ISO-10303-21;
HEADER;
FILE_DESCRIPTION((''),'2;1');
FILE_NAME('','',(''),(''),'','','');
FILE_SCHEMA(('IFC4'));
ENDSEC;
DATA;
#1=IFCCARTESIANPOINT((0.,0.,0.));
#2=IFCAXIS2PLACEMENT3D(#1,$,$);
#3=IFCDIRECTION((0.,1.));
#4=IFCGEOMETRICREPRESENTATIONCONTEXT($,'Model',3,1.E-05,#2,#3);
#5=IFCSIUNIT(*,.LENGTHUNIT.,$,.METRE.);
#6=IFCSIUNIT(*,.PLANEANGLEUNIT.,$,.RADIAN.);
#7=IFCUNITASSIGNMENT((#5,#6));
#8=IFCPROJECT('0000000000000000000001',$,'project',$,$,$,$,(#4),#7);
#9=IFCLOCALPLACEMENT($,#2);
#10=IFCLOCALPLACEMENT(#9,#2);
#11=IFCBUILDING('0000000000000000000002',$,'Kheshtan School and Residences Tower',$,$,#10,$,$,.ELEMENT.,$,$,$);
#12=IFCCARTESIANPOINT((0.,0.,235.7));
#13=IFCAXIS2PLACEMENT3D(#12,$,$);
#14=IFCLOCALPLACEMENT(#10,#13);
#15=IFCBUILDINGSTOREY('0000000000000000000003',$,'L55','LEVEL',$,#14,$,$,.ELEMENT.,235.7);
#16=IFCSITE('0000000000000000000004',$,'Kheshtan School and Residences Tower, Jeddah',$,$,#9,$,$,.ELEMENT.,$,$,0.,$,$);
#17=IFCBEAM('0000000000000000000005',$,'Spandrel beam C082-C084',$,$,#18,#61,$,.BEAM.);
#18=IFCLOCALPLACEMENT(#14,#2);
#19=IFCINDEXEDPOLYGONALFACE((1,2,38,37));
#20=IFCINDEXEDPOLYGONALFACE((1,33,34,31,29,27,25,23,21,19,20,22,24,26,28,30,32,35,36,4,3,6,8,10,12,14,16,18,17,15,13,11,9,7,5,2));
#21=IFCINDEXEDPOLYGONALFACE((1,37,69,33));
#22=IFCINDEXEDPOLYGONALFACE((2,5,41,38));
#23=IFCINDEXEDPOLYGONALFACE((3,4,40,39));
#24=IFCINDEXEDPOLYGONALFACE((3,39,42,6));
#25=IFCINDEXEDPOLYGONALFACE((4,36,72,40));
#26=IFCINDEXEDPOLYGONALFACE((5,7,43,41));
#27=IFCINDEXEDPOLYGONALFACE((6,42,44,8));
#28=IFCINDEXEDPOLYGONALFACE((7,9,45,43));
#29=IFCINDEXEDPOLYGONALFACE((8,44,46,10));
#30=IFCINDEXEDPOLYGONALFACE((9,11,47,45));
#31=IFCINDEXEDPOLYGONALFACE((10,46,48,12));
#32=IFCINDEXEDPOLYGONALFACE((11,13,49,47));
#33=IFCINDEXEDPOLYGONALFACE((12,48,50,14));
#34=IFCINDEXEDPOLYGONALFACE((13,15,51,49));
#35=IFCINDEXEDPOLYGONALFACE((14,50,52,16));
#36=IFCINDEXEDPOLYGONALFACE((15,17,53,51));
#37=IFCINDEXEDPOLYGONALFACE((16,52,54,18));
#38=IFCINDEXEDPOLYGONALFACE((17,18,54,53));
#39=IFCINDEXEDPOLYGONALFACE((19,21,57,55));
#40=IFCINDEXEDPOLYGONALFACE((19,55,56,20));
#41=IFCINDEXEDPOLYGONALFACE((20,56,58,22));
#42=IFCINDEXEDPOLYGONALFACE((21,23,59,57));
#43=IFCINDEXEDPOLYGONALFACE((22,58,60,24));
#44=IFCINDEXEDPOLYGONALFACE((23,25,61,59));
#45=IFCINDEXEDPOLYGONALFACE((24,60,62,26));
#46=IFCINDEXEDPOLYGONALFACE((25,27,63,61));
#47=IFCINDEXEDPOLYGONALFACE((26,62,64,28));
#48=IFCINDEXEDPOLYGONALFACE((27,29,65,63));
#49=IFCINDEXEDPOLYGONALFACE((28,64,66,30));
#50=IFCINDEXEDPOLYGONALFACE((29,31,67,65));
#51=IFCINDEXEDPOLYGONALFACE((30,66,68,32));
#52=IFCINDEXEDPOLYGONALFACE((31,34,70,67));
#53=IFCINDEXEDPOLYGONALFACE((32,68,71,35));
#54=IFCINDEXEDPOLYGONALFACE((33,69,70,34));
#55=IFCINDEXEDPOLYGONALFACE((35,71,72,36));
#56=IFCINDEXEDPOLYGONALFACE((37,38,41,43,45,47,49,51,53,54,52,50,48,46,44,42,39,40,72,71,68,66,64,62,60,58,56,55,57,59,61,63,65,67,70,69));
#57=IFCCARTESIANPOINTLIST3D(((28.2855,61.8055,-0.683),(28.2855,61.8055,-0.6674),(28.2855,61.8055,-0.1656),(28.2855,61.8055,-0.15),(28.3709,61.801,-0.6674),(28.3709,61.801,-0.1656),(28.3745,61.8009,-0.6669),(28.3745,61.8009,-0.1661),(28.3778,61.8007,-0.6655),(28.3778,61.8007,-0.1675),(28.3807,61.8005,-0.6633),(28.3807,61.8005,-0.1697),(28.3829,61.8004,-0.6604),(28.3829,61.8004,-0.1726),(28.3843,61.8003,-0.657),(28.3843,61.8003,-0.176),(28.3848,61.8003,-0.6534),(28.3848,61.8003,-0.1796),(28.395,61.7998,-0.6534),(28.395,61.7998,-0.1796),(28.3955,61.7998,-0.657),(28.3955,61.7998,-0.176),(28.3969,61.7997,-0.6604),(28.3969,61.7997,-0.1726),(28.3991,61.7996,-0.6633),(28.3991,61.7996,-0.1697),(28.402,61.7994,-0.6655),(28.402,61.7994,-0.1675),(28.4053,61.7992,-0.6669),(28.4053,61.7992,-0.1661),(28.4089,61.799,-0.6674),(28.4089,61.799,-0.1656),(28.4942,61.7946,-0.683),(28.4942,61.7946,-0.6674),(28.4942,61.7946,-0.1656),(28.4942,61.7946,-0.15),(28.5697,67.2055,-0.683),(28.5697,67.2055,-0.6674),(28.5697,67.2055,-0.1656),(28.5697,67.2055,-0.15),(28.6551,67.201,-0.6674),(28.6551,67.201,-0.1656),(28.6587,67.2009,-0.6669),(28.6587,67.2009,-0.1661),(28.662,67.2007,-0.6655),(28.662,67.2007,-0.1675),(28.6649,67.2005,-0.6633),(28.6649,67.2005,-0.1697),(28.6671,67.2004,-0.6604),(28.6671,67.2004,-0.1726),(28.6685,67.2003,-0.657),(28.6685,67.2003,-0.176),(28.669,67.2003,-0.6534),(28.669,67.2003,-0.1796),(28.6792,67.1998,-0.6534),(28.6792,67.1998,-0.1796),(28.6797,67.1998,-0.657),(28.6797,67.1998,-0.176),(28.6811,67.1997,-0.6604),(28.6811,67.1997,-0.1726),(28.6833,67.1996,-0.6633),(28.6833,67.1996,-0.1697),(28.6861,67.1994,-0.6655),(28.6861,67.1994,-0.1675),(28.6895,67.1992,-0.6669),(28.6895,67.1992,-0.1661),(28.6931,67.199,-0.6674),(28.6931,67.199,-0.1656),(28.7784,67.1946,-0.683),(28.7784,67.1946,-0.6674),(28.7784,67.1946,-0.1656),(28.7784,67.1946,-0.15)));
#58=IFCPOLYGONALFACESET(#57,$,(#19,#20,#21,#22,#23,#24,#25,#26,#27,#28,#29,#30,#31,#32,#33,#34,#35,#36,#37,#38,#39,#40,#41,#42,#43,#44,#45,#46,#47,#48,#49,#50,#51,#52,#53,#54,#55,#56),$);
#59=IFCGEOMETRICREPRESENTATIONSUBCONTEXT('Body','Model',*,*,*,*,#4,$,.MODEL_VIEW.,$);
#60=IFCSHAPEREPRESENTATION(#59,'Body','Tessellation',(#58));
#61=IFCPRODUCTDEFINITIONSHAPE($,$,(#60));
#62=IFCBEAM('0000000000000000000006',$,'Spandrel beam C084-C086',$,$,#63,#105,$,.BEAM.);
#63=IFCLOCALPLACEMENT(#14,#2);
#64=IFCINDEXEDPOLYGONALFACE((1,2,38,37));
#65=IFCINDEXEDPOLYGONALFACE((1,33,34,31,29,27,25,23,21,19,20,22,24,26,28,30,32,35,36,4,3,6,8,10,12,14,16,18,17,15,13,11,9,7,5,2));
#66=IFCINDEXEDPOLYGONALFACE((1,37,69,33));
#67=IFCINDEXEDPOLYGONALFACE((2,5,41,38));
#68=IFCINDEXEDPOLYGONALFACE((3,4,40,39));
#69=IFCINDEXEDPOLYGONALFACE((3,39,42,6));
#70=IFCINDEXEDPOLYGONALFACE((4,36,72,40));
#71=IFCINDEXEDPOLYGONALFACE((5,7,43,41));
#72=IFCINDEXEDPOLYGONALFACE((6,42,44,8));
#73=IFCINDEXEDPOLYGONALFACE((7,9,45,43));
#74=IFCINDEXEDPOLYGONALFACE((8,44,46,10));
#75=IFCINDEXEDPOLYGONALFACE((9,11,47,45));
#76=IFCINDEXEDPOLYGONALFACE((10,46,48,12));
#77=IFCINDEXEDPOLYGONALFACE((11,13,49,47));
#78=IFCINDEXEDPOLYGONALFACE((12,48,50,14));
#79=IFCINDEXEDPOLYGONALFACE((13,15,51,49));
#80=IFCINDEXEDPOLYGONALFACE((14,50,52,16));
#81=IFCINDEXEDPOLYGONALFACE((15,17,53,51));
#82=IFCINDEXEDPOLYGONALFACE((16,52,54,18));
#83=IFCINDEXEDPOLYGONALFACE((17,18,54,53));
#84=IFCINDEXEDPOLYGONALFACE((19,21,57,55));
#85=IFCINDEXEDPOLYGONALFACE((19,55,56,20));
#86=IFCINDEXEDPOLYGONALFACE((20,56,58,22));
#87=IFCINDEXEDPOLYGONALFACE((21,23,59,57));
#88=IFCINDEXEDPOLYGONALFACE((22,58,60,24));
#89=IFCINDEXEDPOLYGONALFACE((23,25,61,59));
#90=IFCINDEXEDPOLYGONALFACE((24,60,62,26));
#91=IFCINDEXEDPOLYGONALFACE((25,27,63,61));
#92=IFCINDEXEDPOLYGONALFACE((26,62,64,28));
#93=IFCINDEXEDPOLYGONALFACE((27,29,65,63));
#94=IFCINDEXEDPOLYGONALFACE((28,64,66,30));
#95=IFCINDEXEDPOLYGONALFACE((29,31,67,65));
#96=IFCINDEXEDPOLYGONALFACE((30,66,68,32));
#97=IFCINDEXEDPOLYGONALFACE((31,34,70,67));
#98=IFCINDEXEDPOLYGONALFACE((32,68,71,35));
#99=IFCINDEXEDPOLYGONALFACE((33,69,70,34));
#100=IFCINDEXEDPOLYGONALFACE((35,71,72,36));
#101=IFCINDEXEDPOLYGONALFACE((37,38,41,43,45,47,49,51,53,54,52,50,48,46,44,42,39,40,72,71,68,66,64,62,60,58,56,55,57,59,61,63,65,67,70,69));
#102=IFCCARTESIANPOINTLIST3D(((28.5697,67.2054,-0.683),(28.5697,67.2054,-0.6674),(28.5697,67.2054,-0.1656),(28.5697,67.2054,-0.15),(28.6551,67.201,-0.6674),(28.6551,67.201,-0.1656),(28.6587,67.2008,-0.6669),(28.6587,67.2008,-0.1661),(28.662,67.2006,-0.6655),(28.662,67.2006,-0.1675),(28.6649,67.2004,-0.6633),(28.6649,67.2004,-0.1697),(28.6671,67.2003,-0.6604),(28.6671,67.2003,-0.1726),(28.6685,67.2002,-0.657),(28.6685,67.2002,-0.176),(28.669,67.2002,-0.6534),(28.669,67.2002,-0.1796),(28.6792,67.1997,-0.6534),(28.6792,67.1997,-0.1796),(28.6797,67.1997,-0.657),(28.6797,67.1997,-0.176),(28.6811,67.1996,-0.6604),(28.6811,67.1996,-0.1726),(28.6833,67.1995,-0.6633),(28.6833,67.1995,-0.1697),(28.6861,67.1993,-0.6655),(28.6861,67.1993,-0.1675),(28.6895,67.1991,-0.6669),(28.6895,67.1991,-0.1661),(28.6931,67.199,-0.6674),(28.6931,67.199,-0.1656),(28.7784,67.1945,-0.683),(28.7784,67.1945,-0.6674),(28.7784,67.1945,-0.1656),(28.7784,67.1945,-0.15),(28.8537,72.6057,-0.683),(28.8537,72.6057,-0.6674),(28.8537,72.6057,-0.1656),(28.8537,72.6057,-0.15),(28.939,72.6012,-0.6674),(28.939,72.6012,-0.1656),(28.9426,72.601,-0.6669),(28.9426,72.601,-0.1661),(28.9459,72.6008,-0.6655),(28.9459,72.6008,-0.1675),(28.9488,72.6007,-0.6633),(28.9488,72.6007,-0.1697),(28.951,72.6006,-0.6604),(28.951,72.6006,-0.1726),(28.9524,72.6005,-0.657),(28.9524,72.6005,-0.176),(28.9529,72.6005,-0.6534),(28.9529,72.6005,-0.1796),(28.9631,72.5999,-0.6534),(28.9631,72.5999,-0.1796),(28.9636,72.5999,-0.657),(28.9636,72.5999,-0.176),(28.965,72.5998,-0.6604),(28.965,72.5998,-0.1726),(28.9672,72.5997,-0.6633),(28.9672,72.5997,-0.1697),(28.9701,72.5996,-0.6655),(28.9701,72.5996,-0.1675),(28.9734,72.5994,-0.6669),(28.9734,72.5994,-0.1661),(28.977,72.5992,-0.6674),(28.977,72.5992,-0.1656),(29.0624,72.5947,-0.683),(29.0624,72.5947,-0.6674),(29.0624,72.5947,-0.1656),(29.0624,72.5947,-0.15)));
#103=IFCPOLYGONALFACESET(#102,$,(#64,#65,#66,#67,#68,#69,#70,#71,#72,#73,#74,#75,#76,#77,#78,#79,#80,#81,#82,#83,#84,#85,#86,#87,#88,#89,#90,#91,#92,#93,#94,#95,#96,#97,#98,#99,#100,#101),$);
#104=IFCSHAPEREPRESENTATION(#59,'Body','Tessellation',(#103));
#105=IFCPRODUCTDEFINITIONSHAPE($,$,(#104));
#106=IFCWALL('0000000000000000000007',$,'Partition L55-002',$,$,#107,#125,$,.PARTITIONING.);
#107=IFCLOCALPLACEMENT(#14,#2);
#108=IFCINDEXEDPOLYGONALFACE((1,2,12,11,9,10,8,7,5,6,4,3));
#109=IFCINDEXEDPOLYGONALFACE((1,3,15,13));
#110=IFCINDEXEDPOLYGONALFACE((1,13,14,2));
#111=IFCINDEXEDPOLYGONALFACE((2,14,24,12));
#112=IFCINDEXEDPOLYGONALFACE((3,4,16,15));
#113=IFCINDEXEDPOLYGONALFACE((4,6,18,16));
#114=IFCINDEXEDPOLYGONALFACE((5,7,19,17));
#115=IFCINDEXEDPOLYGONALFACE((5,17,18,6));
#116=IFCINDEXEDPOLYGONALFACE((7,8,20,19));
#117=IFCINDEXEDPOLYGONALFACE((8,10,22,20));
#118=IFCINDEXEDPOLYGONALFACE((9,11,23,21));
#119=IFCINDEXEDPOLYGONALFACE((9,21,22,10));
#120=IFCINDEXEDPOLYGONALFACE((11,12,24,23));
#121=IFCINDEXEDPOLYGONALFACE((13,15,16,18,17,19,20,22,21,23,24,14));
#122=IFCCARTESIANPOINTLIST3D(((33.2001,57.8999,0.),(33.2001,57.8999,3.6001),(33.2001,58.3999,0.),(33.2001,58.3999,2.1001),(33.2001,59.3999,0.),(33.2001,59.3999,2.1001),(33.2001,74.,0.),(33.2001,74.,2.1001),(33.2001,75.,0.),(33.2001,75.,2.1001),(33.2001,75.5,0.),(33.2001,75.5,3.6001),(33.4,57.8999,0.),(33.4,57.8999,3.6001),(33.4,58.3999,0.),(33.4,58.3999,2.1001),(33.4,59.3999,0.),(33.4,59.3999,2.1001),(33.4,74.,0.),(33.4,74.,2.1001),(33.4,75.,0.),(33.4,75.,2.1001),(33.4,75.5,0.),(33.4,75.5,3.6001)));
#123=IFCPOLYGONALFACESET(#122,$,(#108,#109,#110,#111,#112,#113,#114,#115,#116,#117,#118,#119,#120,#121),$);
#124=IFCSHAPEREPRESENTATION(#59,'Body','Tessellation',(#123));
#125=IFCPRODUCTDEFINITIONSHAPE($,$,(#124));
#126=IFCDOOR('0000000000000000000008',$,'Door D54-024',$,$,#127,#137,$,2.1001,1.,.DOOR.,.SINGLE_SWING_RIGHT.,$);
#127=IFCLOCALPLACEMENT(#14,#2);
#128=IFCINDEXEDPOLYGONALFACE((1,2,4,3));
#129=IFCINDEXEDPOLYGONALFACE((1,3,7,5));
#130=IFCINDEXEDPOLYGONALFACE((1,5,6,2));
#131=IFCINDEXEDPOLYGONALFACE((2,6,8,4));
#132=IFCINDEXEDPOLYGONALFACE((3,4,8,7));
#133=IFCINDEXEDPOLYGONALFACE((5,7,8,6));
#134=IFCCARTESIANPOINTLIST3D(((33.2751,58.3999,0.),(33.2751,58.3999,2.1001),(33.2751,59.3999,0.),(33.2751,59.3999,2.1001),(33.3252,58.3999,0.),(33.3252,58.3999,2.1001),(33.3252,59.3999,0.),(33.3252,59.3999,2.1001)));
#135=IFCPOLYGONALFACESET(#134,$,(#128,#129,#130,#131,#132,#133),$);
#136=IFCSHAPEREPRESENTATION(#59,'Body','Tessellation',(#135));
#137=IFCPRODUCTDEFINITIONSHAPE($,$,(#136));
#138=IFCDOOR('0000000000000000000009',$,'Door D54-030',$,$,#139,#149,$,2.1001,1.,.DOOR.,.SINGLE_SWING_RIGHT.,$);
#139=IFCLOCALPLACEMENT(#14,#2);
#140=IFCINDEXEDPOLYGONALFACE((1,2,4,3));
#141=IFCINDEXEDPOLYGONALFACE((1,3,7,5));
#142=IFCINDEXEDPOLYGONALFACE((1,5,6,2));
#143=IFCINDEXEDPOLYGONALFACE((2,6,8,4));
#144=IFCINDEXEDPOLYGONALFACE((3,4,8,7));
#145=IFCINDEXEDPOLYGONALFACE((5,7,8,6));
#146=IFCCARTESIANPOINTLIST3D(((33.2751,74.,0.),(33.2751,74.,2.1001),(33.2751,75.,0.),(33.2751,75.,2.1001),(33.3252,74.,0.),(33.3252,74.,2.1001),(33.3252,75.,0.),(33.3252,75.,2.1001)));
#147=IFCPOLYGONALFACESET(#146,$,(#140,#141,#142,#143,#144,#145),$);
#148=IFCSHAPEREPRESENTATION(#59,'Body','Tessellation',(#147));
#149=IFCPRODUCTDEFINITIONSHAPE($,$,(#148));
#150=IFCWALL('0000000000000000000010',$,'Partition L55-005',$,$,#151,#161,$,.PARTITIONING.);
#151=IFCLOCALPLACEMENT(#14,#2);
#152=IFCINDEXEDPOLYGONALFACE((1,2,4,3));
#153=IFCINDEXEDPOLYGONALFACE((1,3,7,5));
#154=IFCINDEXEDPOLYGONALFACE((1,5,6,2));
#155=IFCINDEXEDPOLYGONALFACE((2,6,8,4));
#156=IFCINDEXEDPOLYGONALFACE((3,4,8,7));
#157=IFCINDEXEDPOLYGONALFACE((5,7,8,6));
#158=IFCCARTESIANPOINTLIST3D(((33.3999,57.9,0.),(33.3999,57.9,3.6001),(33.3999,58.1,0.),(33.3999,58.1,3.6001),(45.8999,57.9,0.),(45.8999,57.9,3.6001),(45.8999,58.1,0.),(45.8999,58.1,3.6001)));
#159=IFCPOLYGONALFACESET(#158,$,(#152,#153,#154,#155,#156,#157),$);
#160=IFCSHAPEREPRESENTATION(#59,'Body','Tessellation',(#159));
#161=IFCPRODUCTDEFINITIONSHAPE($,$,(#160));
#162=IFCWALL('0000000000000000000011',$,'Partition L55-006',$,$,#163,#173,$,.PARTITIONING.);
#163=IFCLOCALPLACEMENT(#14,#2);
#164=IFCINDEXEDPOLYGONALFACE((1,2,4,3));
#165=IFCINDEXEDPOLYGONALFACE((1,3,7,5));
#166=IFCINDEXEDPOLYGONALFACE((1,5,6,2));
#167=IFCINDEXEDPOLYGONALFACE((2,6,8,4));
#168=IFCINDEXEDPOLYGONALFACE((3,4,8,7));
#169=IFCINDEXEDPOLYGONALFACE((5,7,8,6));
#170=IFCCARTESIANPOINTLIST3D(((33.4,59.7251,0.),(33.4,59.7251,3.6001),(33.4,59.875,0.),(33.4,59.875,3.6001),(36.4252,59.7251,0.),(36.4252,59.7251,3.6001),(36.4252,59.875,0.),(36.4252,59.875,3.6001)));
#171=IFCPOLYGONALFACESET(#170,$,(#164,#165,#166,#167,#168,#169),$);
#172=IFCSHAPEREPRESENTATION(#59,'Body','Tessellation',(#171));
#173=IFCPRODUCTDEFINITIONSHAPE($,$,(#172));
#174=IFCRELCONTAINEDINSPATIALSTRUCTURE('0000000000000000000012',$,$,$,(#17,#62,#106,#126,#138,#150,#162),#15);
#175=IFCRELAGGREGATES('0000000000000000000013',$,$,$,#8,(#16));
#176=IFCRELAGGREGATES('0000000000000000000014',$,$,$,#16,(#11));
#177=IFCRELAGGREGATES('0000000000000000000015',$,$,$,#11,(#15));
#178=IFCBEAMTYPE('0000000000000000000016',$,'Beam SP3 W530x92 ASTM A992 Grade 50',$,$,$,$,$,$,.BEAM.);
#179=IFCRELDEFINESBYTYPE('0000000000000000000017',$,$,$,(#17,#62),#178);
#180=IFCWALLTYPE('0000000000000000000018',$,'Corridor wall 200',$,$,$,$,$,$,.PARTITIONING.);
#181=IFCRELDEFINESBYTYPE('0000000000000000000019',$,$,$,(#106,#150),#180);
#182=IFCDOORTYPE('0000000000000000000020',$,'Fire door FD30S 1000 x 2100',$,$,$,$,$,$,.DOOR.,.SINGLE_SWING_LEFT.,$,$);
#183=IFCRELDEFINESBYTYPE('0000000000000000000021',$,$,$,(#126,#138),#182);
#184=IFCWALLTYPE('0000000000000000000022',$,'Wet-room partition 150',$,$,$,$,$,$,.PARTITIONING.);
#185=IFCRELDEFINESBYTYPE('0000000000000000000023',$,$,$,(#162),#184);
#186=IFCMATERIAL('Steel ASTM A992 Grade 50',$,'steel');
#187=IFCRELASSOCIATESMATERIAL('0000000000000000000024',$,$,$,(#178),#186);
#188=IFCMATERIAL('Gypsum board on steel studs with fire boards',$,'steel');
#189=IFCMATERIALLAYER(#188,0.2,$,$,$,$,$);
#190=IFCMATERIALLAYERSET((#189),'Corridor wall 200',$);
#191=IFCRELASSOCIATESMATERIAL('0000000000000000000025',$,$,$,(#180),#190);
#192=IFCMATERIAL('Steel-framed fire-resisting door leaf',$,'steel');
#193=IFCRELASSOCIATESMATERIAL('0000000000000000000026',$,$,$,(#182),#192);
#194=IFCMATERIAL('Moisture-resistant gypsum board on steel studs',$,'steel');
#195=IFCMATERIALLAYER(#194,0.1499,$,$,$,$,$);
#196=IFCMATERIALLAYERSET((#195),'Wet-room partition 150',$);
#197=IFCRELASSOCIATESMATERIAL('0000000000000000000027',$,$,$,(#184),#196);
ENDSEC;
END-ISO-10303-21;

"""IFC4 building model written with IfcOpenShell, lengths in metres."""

from ifc_helpers import new_model, si_unit, direction, frame, frame_2d, origin, origin_2d, place, context, subcontext, project, spatial, rectangle, i_section, extrude, source, transform, mapped, material, layer, layer_set, material_profile, profile_set, type_object, element, fill, save


model = new_model("IFC4")

# Units and contexts
model_context = context("Model", 3, precision=1e-05, world=origin(), true_north=direction((0.0, 1.0)))
body_context = subcontext(model_context, "Body", "Model", "MODEL_VIEW")
ifc_project = project(units=[si_unit("LENGTHUNIT", "METRE"), si_unit("PLANEANGLEUNIT", "RADIAN")], contexts=[model_context])

# Site, building, storey
site_placement = place(None, origin())
site = spatial("IfcSite", under=ifc_project, at=site_placement, Name="Kheshtan School and Residences Tower, Jeddah", CompositionType="ELEMENT", RefElevation=0.0)
building_placement = place(site_placement, origin())
building = spatial("IfcBuilding", under=site, at=building_placement, Name="Kheshtan School and Residences Tower", CompositionType="ELEMENT")
storey_placement = place(building_placement, frame((0.0, 0.0, 235.7)))
storey = spatial("IfcBuildingStorey", under=building, at=storey_placement, Name="L55", Description="LEVEL", CompositionType="ELEMENT", Elevation=235.7)

# Shared definitions
ifc_material_1 = material(Name="Steel ASTM A992 Grade 50", Category="steel")

# Beams
ifc_material_profile_1 = material_profile(ifc_material_1, i_section(OverallWidth=0.209, OverallDepth=0.533, WebThickness=0.0103, FlangeThickness=0.0156, FilletRadius=0.0139, at=origin_2d()), Name="W530x92")
ifc_profile_set_1 = profile_set([ifc_material_profile_1], Name="Steel ASTM A992 Grade 50")
beam_type_1 = type_object("IfcBeamType", Name="Beam SP3 W530x92 ASTM A992 Grade 50", PredefinedType="BEAM", material=ifc_profile_set_1)
beam_1_placement = place(storey_placement, frame((28.3899, 61.8, -0.4165), z_axis=(0.052554, 0.998618, 0.0), x_axis=(-0.998618, 0.052554, 0.0)))
element("IfcBeam", 1, at=beam_1_placement, inside=storey, type_object=beam_type_1, Name="Spandrel beam C082-C084", PredefinedType="BEAM", context=body_context, shape_type="SweptSolid", body=[
    extrude(i_section(OverallWidth=0.209, OverallDepth=0.533, WebThickness=0.0103, FlangeThickness=0.0156, FilletRadius=0.0139, at=origin_2d()), origin(), (0.0, 0.0, 1.0), 5.4075),
])
beam_2_placement = place(storey_placement, frame((28.6741, 67.2, -0.4165), z_axis=(0.052507, 0.998621, 0.0), x_axis=(-0.998621, 0.052507, 0.0)))
element("IfcBeam", 2, at=beam_2_placement, inside=storey, type_object=beam_type_1, Name="Spandrel beam C084-C086", PredefinedType="BEAM", context=body_context, shape_type="SweptSolid", body=[
    extrude(i_section(OverallWidth=0.209, OverallDepth=0.533, WebThickness=0.0103, FlangeThickness=0.0156, FilletRadius=0.0139, at=origin_2d()), origin(), (0.0, 0.0, 1.0), 5.4077),
])

# Wall, openings, doors
ifc_material_2 = material(Name="Gypsum board on steel studs with fire boards", Category="steel")
ifc_layer_1 = layer(ifc_material_2, 0.2)
ifc_layer_set_1 = layer_set([ifc_layer_1], Name="Corridor wall 200")
wall_type_1 = type_object("IfcWallType", Name="Corridor wall 200", PredefinedType="PARTITIONING", material=ifc_layer_set_1)
wall_1_placement = place(storey_placement, frame((33.3, 57.8999, 0.0), z_axis=(0.0, 0.0, 1.0), x_axis=(0.0, 1.0, 0.0)))
wall_1 = element("IfcWall", 3, at=wall_1_placement, inside=storey, type_object=wall_type_1, Name="Partition L55-002", PredefinedType="PARTITIONING", context=body_context, shape_type="SweptSolid", body=[
    extrude(rectangle(XDim=17.6001, YDim=0.2, at=frame_2d((8.8, 0.0))), origin(), (0.0, 0.0, 1.0), 3.6001),
])
opening_1_placement = place(wall_1_placement, frame((0.5, 0.0, 0.0)))
opening_1 = element("IfcOpeningElement", 4, at=opening_1_placement, cuts=wall_1, PredefinedType="OPENING", context=body_context, shape_type="SweptSolid", body=[
    extrude(rectangle(XDim=1.0, YDim=2.1001, at=frame_2d((0.5, 1.05))), frame((0.0, 0.1099, 0.0), z_axis=(0.0, -1.0, 0.0), x_axis=(1.0, 0.0, 0.0)), (0.0, 0.0, 1.0), 0.22),
])
opening_2_placement = place(wall_1_placement, frame((16.1001, 0.0, 0.0)))
opening_2 = element("IfcOpeningElement", 5, at=opening_2_placement, cuts=wall_1, PredefinedType="OPENING", context=body_context, shape_type="SweptSolid", body=[
    extrude(rectangle(XDim=1.0, YDim=2.1001, at=frame_2d((0.5, 1.05))), frame((0.0, 0.1099, 0.0), z_axis=(0.0, -1.0, 0.0), x_axis=(1.0, 0.0, 0.0)), (0.0, 0.0, 1.0), 0.22),
])
ifc_material_3 = material(Name="Steel-framed fire-resisting door leaf", Category="steel")
door_type = type_object("IfcDoorType", Name="Fire door FD30S 1000 x 2100", OperationType="SINGLE_SWING_LEFT", PredefinedType="DOOR", material=ifc_material_3)
shared_shape = source(origin(), body_context, "Body", "SweptSolid", [
    extrude(rectangle(XDim=1.0, YDim=2.1001, at=frame_2d((0.5, 1.05))), frame((0.0, 0.0249, 0.0), z_axis=(0.0, -1.0, 0.0), x_axis=(1.0, 0.0, 0.0)), (0.0, 0.0, 1.0), 0.05),
])
door_1_placement = place(opening_1_placement, origin())
door_1 = element("IfcDoor", 6, at=door_1_placement, inside=storey, type_object=door_type, Name="Door D54-024", OperationType="SINGLE_SWING_RIGHT", OverallHeight=2.1001, OverallWidth=1.0, PredefinedType="DOOR", context=body_context, shape_type="MappedRepresentation", body=[
    mapped(shared_shape, transform((0.0, 0.0, 0.0), x_axis=(1.0, 0.0, 0.0), y_axis=(0.0, 1.0, 0.0), z_axis=(0.0, 0.0, 1.0), scale=1.0)),
])
fill(opening_1, door_1)
door_2_placement = place(opening_2_placement, origin())
door_2 = element("IfcDoor", 7, at=door_2_placement, inside=storey, type_object=door_type, Name="Door D54-030", OperationType="SINGLE_SWING_RIGHT", OverallHeight=2.1001, OverallWidth=1.0, PredefinedType="DOOR", context=body_context, shape_type="MappedRepresentation", body=[
    mapped(shared_shape, transform((0.0, 0.0, 0.0), x_axis=(1.0, 0.0, 0.0), y_axis=(0.0, 1.0, 0.0), z_axis=(0.0, 0.0, 1.0), scale=1.0)),
])
fill(opening_2, door_2)

# Walls
wall_2_placement = place(storey_placement, frame((33.3999, 58.0, 0.0), z_axis=(0.0, 0.0, 1.0), x_axis=(1.0, 0.0, 0.0)))
element("IfcWall", 8, at=wall_2_placement, inside=storey, type_object=wall_type_1, Name="Partition L55-005", PredefinedType="PARTITIONING", context=body_context, shape_type="SweptSolid", body=[
    extrude(rectangle(XDim=12.5, YDim=0.2, at=frame_2d((6.25, 0.0))), origin(), (0.0, 0.0, 1.0), 3.6001),
])
ifc_material_4 = material(Name="Moisture-resistant gypsum board on steel studs", Category="steel")
ifc_layer_2 = layer(ifc_material_4, 0.1499)
ifc_layer_set_2 = layer_set([ifc_layer_2], Name="Wet-room partition 150")
wall_type_2 = type_object("IfcWallType", Name="Wet-room partition 150", PredefinedType="PARTITIONING", material=ifc_layer_set_2)
wall_3_placement = place(storey_placement, frame((33.3999, 59.8, 0.0), z_axis=(0.0, 0.0, 1.0), x_axis=(1.0, 0.0, 0.0)))
element("IfcWall", 9, at=wall_3_placement, inside=storey, type_object=wall_type_2, Name="Partition L55-006", PredefinedType="PARTITIONING", context=body_context, shape_type="SweptSolid", body=[
    extrude(rectangle(XDim=3.0251, YDim=0.1499, at=frame_2d((1.5127, 0.0))), origin(), (0.0, 0.0, 1.0), 3.6001),
])

save(model, "model.ifc")
